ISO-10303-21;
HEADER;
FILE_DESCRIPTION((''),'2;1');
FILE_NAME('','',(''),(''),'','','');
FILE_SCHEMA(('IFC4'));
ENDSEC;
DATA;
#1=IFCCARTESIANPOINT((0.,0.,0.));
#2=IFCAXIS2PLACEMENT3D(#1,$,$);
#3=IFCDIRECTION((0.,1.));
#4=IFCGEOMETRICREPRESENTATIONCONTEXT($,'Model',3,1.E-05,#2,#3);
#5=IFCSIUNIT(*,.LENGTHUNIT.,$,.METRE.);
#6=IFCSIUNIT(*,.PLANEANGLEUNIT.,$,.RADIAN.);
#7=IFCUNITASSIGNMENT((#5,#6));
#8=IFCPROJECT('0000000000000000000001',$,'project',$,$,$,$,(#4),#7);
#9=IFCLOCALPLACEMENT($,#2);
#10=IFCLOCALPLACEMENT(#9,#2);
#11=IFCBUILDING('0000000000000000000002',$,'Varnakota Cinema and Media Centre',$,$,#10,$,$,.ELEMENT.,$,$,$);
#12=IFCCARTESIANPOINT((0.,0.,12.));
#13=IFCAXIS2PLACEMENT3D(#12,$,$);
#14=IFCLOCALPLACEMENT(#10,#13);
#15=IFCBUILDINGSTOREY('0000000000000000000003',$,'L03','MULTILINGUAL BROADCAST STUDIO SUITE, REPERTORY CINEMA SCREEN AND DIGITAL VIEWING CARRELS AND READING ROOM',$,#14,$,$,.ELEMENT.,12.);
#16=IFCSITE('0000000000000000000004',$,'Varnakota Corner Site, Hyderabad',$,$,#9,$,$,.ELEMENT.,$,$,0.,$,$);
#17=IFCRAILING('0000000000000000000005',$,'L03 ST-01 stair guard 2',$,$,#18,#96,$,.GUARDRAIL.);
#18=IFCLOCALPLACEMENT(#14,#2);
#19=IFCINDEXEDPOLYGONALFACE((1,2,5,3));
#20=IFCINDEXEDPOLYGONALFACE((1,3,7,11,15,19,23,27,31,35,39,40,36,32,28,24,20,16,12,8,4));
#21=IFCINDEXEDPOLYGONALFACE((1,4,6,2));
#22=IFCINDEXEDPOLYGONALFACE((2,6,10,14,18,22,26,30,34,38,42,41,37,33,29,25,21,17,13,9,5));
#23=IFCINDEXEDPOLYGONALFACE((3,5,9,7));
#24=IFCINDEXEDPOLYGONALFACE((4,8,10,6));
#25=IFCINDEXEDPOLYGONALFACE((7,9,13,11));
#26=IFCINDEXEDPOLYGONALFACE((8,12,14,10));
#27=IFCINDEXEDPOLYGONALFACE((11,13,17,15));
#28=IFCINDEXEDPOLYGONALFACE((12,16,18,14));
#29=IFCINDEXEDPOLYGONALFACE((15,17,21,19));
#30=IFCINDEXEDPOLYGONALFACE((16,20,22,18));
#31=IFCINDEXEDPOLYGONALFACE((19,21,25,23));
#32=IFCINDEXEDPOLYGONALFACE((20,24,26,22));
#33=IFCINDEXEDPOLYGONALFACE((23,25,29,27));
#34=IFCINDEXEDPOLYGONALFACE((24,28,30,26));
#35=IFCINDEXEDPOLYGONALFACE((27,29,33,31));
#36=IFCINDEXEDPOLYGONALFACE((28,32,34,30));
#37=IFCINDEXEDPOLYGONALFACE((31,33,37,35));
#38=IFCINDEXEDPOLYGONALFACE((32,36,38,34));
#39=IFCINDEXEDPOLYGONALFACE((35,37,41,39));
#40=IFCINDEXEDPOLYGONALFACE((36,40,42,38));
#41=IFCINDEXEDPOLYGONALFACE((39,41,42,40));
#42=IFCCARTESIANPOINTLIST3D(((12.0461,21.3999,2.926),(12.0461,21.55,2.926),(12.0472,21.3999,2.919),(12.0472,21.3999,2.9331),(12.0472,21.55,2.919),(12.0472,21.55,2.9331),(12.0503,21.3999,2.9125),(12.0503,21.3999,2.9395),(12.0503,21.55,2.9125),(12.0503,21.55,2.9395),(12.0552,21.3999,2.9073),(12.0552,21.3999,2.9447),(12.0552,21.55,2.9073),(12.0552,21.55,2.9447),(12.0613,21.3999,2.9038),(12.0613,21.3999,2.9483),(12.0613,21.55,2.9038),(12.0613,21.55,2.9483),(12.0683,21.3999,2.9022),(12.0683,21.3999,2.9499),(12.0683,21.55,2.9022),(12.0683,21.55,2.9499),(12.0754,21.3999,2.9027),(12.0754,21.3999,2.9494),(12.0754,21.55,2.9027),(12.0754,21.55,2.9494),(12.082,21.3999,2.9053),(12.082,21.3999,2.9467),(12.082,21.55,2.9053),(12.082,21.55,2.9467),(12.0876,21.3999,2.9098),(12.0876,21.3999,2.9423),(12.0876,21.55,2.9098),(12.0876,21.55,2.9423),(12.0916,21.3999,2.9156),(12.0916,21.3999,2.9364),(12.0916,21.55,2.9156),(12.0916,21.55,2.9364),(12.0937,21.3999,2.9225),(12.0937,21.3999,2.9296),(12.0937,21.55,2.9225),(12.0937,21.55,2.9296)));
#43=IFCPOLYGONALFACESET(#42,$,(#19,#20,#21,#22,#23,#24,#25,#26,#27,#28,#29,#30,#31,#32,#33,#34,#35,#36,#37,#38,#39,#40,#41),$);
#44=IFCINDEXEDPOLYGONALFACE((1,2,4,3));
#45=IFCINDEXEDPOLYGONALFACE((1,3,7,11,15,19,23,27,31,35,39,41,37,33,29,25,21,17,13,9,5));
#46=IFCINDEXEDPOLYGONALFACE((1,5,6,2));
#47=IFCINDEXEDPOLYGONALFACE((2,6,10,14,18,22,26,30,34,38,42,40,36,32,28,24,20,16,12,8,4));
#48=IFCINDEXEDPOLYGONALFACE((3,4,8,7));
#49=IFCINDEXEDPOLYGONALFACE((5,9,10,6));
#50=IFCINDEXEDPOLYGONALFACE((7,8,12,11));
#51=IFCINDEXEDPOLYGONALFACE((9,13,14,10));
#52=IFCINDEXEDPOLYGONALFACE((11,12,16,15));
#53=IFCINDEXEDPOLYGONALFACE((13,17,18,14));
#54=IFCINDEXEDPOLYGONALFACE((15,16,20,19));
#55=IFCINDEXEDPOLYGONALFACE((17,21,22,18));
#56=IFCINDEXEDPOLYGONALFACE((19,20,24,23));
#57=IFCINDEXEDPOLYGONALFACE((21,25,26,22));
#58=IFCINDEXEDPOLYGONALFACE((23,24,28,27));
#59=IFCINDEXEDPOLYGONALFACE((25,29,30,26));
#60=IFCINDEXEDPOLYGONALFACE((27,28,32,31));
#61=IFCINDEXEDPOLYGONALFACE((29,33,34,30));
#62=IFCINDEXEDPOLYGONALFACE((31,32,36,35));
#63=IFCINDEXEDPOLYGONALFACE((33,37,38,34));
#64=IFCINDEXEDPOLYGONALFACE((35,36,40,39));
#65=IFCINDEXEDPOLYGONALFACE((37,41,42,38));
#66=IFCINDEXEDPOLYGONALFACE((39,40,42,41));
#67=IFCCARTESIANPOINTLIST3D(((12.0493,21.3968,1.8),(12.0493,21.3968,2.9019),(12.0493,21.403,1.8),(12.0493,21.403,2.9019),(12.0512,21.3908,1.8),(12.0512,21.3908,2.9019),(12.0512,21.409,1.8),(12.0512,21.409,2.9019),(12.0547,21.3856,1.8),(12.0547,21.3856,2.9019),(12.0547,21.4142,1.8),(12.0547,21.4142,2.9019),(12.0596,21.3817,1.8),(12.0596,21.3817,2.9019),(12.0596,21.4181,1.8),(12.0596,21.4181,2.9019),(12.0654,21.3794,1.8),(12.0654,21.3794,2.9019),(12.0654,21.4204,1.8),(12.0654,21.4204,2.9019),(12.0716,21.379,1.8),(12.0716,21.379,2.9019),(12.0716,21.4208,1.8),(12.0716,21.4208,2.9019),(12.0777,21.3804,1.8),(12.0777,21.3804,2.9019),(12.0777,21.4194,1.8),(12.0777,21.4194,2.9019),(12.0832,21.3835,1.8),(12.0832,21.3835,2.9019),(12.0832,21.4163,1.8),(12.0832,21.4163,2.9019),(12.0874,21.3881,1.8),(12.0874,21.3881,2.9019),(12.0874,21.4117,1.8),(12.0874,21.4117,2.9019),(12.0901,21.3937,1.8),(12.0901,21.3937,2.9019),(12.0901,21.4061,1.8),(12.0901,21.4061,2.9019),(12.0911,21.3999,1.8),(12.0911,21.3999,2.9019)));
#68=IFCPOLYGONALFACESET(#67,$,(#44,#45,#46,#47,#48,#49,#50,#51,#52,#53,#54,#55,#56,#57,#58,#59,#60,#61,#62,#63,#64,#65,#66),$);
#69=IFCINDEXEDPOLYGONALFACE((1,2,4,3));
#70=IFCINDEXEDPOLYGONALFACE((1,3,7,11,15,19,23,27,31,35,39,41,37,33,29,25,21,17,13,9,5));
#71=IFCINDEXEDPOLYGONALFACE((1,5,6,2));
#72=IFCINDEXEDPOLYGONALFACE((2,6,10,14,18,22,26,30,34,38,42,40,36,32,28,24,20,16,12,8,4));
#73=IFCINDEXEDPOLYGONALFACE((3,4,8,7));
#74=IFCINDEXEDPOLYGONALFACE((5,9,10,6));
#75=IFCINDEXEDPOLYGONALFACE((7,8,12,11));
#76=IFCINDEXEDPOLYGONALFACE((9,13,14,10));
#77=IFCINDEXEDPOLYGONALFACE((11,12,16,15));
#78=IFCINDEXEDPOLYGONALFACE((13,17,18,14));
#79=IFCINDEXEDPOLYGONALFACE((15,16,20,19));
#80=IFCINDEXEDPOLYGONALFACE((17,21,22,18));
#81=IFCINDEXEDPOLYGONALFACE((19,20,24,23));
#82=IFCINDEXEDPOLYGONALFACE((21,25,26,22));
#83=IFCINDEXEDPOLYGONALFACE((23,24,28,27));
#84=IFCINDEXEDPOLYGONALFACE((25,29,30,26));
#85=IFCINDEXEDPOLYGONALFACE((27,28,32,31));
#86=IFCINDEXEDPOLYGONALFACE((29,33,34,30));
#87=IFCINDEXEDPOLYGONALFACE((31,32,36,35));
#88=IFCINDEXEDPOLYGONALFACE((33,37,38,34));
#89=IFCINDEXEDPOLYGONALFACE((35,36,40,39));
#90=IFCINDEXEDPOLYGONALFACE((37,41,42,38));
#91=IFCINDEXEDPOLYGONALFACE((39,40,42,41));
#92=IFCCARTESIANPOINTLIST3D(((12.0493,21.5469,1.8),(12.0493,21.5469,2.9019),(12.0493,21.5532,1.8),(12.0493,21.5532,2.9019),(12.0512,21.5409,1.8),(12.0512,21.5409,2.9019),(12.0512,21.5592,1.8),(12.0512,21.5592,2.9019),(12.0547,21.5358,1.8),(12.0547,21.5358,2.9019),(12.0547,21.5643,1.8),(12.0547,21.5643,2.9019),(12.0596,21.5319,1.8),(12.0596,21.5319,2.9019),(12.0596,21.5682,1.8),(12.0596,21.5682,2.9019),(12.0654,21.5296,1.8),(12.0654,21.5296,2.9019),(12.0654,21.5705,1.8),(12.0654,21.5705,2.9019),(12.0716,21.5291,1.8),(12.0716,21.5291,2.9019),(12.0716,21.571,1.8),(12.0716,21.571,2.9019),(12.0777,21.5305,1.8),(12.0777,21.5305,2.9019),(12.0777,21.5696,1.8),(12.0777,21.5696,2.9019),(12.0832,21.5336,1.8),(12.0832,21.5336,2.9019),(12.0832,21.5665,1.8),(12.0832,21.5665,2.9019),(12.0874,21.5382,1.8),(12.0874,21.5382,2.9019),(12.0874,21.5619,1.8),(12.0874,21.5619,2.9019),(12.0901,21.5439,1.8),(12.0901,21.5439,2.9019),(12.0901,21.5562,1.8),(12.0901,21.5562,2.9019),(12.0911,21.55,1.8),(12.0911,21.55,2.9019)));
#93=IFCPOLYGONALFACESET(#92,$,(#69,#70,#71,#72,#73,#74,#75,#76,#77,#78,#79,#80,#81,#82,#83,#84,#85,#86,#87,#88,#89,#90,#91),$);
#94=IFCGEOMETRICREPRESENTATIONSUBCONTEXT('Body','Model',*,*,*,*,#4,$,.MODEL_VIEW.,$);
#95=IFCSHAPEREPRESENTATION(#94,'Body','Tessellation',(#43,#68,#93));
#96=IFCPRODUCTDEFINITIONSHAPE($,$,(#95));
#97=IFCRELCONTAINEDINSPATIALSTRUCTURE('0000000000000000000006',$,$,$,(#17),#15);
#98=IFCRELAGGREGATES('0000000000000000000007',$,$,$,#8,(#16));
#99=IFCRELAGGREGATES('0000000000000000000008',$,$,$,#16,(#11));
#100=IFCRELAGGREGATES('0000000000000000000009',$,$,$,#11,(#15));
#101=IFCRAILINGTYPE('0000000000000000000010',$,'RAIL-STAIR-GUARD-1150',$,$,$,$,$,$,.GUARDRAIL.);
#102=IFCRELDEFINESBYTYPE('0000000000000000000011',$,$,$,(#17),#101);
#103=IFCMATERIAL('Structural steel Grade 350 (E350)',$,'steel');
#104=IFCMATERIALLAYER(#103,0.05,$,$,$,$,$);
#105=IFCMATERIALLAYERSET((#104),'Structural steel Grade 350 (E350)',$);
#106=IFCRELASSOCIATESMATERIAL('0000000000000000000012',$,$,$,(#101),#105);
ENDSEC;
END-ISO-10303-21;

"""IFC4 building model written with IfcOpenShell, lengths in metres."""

from ifc_helpers import new_model, si_unit, direction, frame, origin, origin_2d, place, context, subcontext, project, spatial, circle, extrude, material, layer, layer_set, type_object, element, save


model = new_model("IFC4")

# Units and contexts
model_context = context("Model", 3, precision=1e-05, world=origin(), true_north=direction((0.0, 1.0)))
body_context = subcontext(model_context, "Body", "Model", "MODEL_VIEW")
ifc_project = project(units=[si_unit("LENGTHUNIT", "METRE"), si_unit("PLANEANGLEUNIT", "RADIAN")], contexts=[model_context])

# Site, building, storey
site_placement = place(None, origin())
site = spatial("IfcSite", under=ifc_project, at=site_placement, Name="Varnakota Corner Site, Hyderabad", CompositionType="ELEMENT", RefElevation=0.0)
building_placement = place(site_placement, origin())
building = spatial("IfcBuilding", under=site, at=building_placement, Name="Varnakota Cinema and Media Centre", CompositionType="ELEMENT")
storey_placement = place(building_placement, frame((0.0, 0.0, 12.0)))
storey = spatial("IfcBuildingStorey", under=building, at=storey_placement, Name="L03", Description="MULTILINGUAL BROADCAST STUDIO SUITE, REPERTORY CINEMA SCREEN AND DIGITAL VIEWING CARRELS AND READING ROOM", CompositionType="ELEMENT", Elevation=12.0)

# Railing
ifc_material_1 = material(Name="Structural steel Grade 350 (E350)", Category="steel")
ifc_layer_1 = layer(ifc_material_1, 0.05)
ifc_layer_set_1 = layer_set([ifc_layer_1], Name="Structural steel Grade 350 (E350)")
railing_type_1 = type_object("IfcRailingType", Name="RAIL-STAIR-GUARD-1150", PredefinedType="GUARDRAIL", material=ifc_layer_set_1)
railing_1_placement = place(storey_placement, frame((12.0701, 21.3999, 1.8)))
element("IfcRailing", 1, at=railing_1_placement, inside=storey, type_object=railing_type_1, Name="L03 ST-01 stair guard 2", PredefinedType="GUARDRAIL", context=body_context, shape_type="SweptSolid", body=[
    extrude(circle(Radius=0.0239, at=origin_2d()), frame((0.0, 0.0, 1.126), z_axis=(0.0, 1.0, 0.0), x_axis=(-1.0, 0.0, 0.0)), (0.0, 0.0, 1.0), 0.1501),
    extrude(circle(Radius=0.021, at=origin_2d()), origin(), (0.0, 0.0, 1.0), 1.1018),
    extrude(circle(Radius=0.021, at=origin_2d()), frame((0.0, 0.1501, 0.0)), (0.0, 0.0, 1.0), 1.1018),
])

save(model, "model.ifc")
